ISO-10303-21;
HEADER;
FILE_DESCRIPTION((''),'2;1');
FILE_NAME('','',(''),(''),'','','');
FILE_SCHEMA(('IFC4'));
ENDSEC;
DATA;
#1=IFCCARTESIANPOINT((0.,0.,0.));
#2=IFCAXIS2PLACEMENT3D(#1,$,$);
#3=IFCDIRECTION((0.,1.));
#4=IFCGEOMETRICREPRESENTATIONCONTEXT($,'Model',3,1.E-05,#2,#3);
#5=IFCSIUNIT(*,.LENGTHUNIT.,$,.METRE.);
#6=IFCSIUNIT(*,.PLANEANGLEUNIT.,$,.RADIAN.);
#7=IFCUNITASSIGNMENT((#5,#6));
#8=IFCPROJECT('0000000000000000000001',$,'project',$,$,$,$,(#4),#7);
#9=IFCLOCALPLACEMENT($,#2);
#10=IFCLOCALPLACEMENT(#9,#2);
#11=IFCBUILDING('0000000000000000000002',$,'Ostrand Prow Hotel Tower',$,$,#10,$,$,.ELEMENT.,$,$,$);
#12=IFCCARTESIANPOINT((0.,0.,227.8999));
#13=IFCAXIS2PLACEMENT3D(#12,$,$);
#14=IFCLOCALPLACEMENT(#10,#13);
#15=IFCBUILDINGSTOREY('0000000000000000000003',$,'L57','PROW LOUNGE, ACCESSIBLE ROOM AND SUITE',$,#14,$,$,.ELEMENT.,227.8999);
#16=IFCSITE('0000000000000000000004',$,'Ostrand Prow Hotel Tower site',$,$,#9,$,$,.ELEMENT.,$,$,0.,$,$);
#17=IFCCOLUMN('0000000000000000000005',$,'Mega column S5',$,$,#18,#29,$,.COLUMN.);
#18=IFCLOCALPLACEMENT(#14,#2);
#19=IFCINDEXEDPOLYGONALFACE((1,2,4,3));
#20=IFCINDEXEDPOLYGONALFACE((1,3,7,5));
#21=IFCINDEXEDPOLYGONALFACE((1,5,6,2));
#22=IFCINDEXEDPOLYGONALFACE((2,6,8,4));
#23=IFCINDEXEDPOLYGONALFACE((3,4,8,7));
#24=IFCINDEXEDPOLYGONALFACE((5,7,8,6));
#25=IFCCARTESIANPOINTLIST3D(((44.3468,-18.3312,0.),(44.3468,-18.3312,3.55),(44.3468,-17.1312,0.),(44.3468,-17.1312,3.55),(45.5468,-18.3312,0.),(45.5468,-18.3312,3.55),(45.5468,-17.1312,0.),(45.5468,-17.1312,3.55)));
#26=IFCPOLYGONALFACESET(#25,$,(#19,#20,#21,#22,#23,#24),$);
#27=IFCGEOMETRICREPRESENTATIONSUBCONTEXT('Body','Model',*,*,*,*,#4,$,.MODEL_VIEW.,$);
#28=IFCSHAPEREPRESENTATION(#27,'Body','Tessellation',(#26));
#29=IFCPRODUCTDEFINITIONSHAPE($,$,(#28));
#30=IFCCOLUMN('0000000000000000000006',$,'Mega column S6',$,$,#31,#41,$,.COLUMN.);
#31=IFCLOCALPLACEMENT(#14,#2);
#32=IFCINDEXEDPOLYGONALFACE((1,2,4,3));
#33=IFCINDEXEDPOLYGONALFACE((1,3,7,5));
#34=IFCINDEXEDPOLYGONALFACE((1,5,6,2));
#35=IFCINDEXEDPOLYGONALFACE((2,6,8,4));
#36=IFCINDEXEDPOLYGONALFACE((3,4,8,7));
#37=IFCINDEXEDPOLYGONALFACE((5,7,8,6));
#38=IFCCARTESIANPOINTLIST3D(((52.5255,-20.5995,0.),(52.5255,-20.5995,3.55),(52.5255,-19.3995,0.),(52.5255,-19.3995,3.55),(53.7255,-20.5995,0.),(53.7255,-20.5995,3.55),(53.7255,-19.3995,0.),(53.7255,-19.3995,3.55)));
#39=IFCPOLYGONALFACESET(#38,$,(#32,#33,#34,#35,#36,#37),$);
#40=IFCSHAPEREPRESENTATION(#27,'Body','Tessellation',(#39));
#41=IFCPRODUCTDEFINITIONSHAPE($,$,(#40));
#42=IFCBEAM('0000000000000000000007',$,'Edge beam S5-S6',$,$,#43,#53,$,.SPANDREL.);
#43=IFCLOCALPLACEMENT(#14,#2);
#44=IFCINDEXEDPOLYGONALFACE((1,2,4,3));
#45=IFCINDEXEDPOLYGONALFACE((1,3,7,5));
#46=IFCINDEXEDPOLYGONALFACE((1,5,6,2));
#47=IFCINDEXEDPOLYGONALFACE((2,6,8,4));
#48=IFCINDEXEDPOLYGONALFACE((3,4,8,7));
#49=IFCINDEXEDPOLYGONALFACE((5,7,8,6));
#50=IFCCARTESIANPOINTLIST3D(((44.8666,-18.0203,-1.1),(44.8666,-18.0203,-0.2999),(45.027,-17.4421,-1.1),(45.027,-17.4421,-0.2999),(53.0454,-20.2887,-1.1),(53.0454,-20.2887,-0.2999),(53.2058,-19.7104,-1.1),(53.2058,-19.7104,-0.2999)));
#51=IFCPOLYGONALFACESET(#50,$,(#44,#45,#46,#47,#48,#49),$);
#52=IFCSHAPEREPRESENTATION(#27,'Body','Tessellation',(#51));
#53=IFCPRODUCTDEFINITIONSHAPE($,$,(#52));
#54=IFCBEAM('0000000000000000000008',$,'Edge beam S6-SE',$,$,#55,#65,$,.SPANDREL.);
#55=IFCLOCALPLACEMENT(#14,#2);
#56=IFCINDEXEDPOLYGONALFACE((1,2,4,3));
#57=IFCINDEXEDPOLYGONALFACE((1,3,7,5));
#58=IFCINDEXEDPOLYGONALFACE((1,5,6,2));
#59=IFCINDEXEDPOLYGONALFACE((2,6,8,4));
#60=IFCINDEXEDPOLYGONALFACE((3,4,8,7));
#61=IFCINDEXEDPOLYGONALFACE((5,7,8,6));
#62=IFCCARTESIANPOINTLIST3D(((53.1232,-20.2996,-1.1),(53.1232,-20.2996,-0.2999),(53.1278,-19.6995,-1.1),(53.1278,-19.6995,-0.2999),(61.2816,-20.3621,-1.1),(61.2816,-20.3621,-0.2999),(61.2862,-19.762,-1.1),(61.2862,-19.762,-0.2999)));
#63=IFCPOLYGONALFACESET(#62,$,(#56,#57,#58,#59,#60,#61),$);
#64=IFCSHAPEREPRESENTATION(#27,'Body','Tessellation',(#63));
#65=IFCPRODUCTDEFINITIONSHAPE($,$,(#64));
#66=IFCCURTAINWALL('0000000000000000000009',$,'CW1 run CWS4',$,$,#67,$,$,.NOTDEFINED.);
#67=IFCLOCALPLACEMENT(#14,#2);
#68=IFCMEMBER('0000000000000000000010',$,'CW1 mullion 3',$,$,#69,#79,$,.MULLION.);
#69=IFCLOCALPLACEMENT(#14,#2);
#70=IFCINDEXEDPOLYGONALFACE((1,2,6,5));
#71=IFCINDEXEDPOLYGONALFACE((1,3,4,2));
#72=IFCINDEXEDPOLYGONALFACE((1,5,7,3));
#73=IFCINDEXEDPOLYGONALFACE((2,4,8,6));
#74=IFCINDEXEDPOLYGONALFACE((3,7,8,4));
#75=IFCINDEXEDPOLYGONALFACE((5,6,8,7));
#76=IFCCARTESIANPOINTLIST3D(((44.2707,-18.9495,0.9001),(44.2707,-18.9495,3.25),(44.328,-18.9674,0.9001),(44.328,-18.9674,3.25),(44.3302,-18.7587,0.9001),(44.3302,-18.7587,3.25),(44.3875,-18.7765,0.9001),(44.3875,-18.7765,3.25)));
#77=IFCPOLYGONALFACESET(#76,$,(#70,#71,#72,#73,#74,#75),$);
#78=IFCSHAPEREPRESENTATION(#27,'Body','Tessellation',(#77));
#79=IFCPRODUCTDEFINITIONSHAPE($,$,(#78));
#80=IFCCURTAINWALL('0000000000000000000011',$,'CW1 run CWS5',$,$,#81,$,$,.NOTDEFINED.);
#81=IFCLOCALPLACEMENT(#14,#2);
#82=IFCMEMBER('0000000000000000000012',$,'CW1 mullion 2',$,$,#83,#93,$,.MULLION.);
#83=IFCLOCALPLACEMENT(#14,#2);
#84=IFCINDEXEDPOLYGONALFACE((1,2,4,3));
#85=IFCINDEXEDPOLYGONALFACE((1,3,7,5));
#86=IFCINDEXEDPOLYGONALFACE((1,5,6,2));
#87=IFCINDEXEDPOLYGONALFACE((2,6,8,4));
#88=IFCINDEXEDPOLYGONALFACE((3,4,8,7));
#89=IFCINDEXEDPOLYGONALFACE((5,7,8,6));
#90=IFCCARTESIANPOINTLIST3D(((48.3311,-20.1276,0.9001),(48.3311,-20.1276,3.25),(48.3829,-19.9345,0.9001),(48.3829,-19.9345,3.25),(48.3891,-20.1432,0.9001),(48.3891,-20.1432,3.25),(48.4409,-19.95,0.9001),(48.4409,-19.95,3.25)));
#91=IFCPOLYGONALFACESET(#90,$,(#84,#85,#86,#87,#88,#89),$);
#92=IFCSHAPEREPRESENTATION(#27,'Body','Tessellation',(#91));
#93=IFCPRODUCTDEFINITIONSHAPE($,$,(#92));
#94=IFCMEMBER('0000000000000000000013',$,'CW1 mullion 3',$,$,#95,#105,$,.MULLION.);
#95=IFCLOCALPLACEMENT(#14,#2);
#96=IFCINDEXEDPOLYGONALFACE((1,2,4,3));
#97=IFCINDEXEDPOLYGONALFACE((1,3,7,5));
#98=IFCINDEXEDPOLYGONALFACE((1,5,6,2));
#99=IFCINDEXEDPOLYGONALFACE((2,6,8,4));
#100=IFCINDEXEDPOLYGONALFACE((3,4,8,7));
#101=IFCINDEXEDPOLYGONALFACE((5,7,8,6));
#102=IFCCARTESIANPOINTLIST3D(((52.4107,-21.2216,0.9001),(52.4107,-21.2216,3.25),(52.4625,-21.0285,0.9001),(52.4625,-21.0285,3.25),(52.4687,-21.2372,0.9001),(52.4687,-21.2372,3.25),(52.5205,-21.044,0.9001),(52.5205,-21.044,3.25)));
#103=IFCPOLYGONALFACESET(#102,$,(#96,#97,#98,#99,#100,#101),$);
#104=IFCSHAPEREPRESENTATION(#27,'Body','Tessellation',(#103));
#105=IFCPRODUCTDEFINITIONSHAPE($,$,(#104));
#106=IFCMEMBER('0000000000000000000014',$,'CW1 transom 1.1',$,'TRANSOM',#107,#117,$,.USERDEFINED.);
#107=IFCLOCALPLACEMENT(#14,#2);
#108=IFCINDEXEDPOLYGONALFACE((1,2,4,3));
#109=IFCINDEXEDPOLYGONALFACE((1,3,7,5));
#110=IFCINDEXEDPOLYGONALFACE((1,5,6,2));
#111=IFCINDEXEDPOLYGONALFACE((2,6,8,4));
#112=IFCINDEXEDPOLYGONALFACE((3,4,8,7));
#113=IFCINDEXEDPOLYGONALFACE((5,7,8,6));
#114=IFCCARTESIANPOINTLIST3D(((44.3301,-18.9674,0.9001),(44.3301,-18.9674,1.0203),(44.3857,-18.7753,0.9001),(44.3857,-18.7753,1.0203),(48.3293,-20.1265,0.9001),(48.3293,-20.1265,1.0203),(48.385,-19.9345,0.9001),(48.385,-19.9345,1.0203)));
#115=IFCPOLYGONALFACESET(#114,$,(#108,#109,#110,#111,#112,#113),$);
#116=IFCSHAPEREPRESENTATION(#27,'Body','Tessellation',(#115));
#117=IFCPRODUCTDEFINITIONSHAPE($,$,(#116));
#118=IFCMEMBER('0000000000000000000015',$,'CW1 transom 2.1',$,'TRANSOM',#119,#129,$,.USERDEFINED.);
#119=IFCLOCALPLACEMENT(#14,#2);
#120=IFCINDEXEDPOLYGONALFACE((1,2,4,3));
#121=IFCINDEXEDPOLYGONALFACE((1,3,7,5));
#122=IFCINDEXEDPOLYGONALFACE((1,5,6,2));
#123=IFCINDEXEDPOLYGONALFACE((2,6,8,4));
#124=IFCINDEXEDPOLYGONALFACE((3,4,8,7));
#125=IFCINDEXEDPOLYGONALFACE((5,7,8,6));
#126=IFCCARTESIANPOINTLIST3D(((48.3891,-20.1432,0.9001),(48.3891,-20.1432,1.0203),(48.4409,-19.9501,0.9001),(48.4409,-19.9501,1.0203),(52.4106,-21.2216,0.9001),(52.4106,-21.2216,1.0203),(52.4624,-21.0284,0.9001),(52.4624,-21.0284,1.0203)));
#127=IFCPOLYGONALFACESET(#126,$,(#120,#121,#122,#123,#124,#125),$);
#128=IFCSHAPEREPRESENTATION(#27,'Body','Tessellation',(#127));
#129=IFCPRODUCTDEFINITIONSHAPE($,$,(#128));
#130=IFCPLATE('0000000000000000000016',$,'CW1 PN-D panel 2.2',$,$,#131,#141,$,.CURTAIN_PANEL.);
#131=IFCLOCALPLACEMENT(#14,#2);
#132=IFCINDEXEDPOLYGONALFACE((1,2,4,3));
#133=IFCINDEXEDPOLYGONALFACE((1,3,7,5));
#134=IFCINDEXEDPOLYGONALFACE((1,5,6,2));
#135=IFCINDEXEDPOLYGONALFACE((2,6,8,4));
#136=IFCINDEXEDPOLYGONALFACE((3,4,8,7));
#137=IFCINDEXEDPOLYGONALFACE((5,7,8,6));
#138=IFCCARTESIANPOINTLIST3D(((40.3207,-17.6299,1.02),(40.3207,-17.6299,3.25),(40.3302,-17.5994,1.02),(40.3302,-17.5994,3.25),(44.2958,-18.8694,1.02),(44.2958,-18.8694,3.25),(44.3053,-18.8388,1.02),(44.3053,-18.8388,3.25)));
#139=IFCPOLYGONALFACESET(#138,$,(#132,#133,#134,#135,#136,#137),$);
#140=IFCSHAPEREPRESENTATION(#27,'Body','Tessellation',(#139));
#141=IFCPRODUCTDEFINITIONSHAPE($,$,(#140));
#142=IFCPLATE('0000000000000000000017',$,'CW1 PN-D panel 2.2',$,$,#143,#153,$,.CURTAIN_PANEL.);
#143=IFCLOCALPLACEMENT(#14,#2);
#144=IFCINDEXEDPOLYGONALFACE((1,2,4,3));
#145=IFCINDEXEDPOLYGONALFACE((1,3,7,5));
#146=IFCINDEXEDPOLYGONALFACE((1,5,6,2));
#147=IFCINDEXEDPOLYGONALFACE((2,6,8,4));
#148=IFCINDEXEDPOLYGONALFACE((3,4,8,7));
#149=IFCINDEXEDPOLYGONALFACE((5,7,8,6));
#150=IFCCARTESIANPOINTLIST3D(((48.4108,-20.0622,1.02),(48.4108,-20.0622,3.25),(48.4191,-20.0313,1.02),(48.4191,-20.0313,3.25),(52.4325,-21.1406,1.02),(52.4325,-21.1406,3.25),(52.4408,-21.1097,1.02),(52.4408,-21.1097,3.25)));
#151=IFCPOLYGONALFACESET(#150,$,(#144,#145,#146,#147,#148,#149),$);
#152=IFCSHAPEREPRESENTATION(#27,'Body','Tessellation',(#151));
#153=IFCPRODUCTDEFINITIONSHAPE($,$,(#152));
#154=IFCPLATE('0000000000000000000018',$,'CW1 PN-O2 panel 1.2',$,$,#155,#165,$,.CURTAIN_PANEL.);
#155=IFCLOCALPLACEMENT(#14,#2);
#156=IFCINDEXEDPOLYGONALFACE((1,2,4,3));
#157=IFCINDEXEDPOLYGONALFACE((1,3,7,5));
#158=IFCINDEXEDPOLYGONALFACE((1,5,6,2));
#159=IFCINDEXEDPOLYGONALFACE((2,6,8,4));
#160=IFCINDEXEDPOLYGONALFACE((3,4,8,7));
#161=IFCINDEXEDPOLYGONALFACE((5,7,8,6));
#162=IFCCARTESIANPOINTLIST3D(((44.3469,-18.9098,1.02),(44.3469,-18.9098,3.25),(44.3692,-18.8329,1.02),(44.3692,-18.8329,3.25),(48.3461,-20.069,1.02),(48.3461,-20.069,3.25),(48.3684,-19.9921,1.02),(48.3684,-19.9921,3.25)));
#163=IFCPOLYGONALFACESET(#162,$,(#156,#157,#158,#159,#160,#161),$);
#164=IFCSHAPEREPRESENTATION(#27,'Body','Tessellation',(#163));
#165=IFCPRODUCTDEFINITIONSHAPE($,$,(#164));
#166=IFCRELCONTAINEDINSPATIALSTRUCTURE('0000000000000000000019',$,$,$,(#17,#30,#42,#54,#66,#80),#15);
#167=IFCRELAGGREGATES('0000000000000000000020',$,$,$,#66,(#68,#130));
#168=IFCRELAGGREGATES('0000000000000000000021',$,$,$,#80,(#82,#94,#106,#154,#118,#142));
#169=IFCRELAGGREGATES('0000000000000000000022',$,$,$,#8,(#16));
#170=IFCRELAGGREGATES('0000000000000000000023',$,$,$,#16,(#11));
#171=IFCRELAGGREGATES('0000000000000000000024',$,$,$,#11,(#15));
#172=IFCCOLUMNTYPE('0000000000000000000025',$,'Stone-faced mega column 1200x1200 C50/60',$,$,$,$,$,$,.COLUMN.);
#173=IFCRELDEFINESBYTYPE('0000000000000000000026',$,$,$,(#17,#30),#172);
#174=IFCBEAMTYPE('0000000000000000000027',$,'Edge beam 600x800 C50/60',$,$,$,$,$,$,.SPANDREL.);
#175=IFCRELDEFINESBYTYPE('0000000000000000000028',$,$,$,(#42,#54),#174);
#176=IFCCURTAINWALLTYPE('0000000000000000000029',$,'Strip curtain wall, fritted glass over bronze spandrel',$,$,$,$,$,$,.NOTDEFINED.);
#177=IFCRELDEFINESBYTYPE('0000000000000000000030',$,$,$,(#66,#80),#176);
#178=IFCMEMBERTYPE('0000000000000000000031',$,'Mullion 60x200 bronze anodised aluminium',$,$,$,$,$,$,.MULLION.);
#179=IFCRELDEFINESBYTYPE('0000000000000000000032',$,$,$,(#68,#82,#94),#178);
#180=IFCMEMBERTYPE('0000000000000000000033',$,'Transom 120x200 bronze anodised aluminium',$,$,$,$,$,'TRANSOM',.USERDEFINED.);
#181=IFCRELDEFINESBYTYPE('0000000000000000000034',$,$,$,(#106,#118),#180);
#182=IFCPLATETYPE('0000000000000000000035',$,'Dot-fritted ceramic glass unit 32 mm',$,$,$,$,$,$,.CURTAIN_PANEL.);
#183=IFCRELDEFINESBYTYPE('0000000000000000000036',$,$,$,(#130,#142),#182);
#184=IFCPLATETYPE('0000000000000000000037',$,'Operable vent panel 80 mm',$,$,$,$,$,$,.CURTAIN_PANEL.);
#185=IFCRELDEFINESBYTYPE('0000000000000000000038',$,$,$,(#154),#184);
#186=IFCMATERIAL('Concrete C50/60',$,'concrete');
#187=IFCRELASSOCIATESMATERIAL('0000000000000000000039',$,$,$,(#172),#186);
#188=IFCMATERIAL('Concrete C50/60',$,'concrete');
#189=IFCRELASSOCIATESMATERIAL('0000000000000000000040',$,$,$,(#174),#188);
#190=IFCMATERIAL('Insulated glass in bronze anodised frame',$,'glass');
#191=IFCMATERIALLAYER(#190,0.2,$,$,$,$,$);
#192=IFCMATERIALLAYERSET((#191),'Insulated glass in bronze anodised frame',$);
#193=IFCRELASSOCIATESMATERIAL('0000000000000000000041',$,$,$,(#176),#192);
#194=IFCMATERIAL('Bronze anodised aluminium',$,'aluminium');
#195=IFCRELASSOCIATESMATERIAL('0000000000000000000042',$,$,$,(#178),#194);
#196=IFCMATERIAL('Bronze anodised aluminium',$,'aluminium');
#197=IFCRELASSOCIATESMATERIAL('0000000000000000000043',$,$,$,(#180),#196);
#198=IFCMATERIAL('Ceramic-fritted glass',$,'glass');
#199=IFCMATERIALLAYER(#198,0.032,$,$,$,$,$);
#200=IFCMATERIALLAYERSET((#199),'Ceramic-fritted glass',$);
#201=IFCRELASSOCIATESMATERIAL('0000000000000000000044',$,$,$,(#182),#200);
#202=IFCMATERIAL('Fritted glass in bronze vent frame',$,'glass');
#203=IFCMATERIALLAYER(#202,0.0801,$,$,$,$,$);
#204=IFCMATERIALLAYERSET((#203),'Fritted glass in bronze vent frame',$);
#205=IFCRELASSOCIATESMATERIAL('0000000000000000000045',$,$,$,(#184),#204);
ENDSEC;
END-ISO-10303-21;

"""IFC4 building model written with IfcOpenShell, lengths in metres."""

from ifc_helpers import new_model, si_unit, direction, frame, origin, origin_2d, place, context, subcontext, project, spatial, rectangle, extrude, material, layer, layer_set, material_profile, profile_set, type_object, element, aggregate, save


model = new_model("IFC4")

# Units and contexts
model_context = context("Model", 3, precision=1e-05, world=origin(), true_north=direction((0.0, 1.0)))
body_context = subcontext(model_context, "Body", "Model", "MODEL_VIEW")
ifc_project = project(units=[si_unit("LENGTHUNIT", "METRE"), si_unit("PLANEANGLEUNIT", "RADIAN")], contexts=[model_context])

# Site, building, storey
site_placement = place(None, origin())
site = spatial("IfcSite", under=ifc_project, at=site_placement, Name="Ostrand Prow Hotel Tower site", CompositionType="ELEMENT", RefElevation=0.0)
building_placement = place(site_placement, origin())
building = spatial("IfcBuilding", under=site, at=building_placement, Name="Ostrand Prow Hotel Tower", CompositionType="ELEMENT")
storey_placement = place(building_placement, frame((0.0, 0.0, 227.8999)))
storey = spatial("IfcBuildingStorey", under=building, at=storey_placement, Name="L57", Description="PROW LOUNGE, ACCESSIBLE ROOM AND SUITE", CompositionType="ELEMENT", Elevation=227.8999)

# Columns
ifc_material_1 = material(Name="Concrete C50/60", Category="concrete")
ifc_material_profile_1 = material_profile(ifc_material_1, rectangle(XDim=1.2, YDim=1.2, at=origin_2d()), Name="RC 1200x1200")
ifc_profile_set_1 = profile_set([ifc_material_profile_1], Name="Concrete C50/60")
column_type = type_object("IfcColumnType", Name="Stone-faced mega column 1200x1200 C50/60", PredefinedType="COLUMN", material=ifc_profile_set_1)
for number, where, z_axis, x_axis, name in (
    (1, (44.9468, -17.7312, 0.0), (0.0, 0.0, 1.0), (1.0, 0.0, 0.0), "Mega column S5"),
    (2, (53.1255, -19.9995, 0.0), (0.0, 0.0, 1.0), (1.0, 0.0, 0.0), "Mega column S6"),
):
    element("IfcColumn", number, at=place(storey_placement, frame(where, z_axis=z_axis, x_axis=x_axis)), inside=storey, type_object=column_type, Name=name, PredefinedType="COLUMN", context=body_context, shape_type="SweptSolid", body=[
        extrude(rectangle(XDim=1.2, YDim=1.2, at=origin_2d()), origin(), (0.0, 0.0, 1.0), 3.55),
    ])

# Beams
ifc_material_2 = material(Name="Concrete C50/60", Category="concrete")
ifc_material_profile_2 = material_profile(ifc_material_2, rectangle(XDim=0.6001, YDim=0.8, at=origin_2d()), Name="RC 600x800")
ifc_profile_set_2 = profile_set([ifc_material_profile_2], Name="Concrete C50/60")
beam_type = type_object("IfcBeamType", Name="Edge beam 600x800 C50/60", PredefinedType="SPANDREL", material=ifc_profile_set_2)
beam_1_placement = place(storey_placement, frame((44.9468, -17.7312, -0.7), z_axis=(0.963626, -0.267255, 0.0), x_axis=(0.267255, 0.963626, 0.0)))
element("IfcBeam", 3, at=beam_1_placement, inside=storey, type_object=beam_type, Name="Edge beam S5-S6", PredefinedType="SPANDREL", context=body_context, shape_type="SweptSolid", body=[
    extrude(rectangle(XDim=0.6001, YDim=0.8, at=origin_2d()), origin(), (0.0, 0.0, 1.0), 8.4875),
])
beam_2_placement = place(storey_placement, frame((53.1255, -19.9995, -0.7), z_axis=(0.999971, -0.007661, 0.0), x_axis=(0.007661, 0.999971, 0.0)))
element("IfcBeam", 4, at=beam_2_placement, inside=storey, type_object=beam_type, Name="Edge beam S6-SE", PredefinedType="SPANDREL", context=body_context, shape_type="SweptSolid", body=[
    extrude(rectangle(XDim=0.6001, YDim=0.8, at=origin_2d()), origin(), (0.0, 0.0, 1.0), 8.1587),
])

# Curtain wall, member
ifc_material_3 = material(Name="Insulated glass in bronze anodised frame", Category="glass")
ifc_layer_1 = layer(ifc_material_3, 0.2)
ifc_layer_set_1 = layer_set([ifc_layer_1], Name="Insulated glass in bronze anodised frame")
curtain_wall_type = type_object("IfcCurtainWallType", Name="Strip curtain wall, fritted glass over bronze spandrel", PredefinedType="NOTDEFINED", material=ifc_layer_set_1)
curtain_wall_1_placement = place(storey_placement, origin())
curtain_wall_1 = element("IfcCurtainWall", 5, at=curtain_wall_1_placement, inside=storey, type_object=curtain_wall_type, Name="CW1 run CWS4", PredefinedType="NOTDEFINED")
ifc_material_4 = material(Name="Bronze anodised aluminium", Category="aluminium")
ifc_material_profile_3 = material_profile(ifc_material_4, rectangle(XDim=0.2, YDim=0.0601, at=origin_2d()), Name="Mullion 60x200 bronze anodised aluminium")
ifc_profile_set_3 = profile_set([ifc_material_profile_3], Name="Bronze anodised aluminium")
member_type_1 = type_object("IfcMemberType", Name="Mullion 60x200 bronze anodised aluminium", PredefinedType="MULLION", material=ifc_profile_set_3)
member_1_placement = place(storey_placement, frame((44.3291, -18.863, 0.9001), z_axis=(0.0, 0.0, 1.0), x_axis=(0.297678, 0.954666, 0.0)))
member_1 = element("IfcMember", 6, at=member_1_placement, type_object=member_type_1, Name="CW1 mullion 3", PredefinedType="MULLION", context=body_context, shape_type="SweptSolid", body=[
    extrude(rectangle(XDim=0.2, YDim=0.0601, at=origin_2d()), origin(), (0.0, 0.0, 1.0), 2.3499),
])

# Curtain wall, members
curtain_wall_2_placement = place(storey_placement, origin())
curtain_wall_2 = element("IfcCurtainWall", 7, at=curtain_wall_2_placement, inside=storey, type_object=curtain_wall_type, Name="CW1 run CWS5", PredefinedType="NOTDEFINED")
member_2_placement = place(storey_placement, frame((48.386, -20.0388, 0.9001), z_axis=(0.0, 0.0, 1.0), x_axis=(0.258994, 0.965879, 0.0)))
member_2 = element("IfcMember", 8, at=member_2_placement, type_object=member_type_1, Name="CW1 mullion 2", PredefinedType="MULLION", context=body_context, shape_type="SweptSolid", body=[
    extrude(rectangle(XDim=0.2, YDim=0.0601, at=origin_2d()), origin(), (0.0, 0.0, 1.0), 2.3499),
])
member_3_placement = place(storey_placement, frame((52.4656, -21.1328, 0.9001), z_axis=(0.0, 0.0, 1.0), x_axis=(0.258994, 0.965879, 0.0)))
member_3 = element("IfcMember", 9, at=member_3_placement, type_object=member_type_1, Name="CW1 mullion 3", PredefinedType="MULLION", context=body_context, shape_type="SweptSolid", body=[
    extrude(rectangle(XDim=0.2, YDim=0.0601, at=origin_2d()), origin(), (0.0, 0.0, 1.0), 2.3499),
])
ifc_material_5 = material(Name="Bronze anodised aluminium", Category="aluminium")
ifc_material_profile_4 = material_profile(ifc_material_5, rectangle(XDim=0.2, YDim=0.1201, at=origin_2d()), Name="Transom 120x200 bronze anodised aluminium")
ifc_profile_set_4 = profile_set([ifc_material_profile_4], Name="Bronze anodised aluminium")
member_type_2 = type_object("IfcMemberType", Name="Transom 120x200 bronze anodised aluminium", ElementType="TRANSOM", PredefinedType="USERDEFINED", material=ifc_profile_set_4)
member_4_placement = place(storey_placement, frame((44.3579, -18.8713, 0.9602), z_axis=(0.960468, -0.27839, 0.0), x_axis=(0.27839, 0.960468, 0.0)))
member_4 = element("IfcMember", 10, at=member_4_placement, type_object=member_type_2, Name="CW1 transom 1.1", ObjectType="TRANSOM", PredefinedType="USERDEFINED", context=body_context, shape_type="SweptSolid", body=[
    extrude(rectangle(XDim=0.2, YDim=0.1201, at=origin_2d()), origin(), (0.0, 0.0, 1.0), 4.1638),
])
member_5_placement = place(storey_placement, frame((48.415, -20.0466, 0.9602), z_axis=(0.965877, -0.259002, 0.0), x_axis=(0.259002, 0.965877, 0.0)))
member_5 = element("IfcMember", 11, at=member_5_placement, type_object=member_type_2, Name="CW1 transom 2.1", ObjectType="TRANSOM", PredefinedType="USERDEFINED", context=body_context, shape_type="SweptSolid", body=[
    extrude(rectangle(XDim=0.2, YDim=0.1201, at=origin_2d()), origin(), (0.0, 0.0, 1.0), 4.1636),
])

# Plates
ifc_material_6 = material(Name="Ceramic-fritted glass", Category="glass")
ifc_layer_2 = layer(ifc_material_6, 0.032)
ifc_layer_set_2 = layer_set([ifc_layer_2], Name="Ceramic-fritted glass")
plate_type_1 = type_object("IfcPlateType", Name="Dot-fritted ceramic glass unit 32 mm", PredefinedType="CURTAIN_PANEL", material=ifc_layer_set_2)
plate_1_placement = place(storey_placement, frame((42.313, -18.2344, 1.02), z_axis=(0.0, 0.0, 1.0), x_axis=(0.954666, -0.297678, 0.0)))
plate_1 = element("IfcPlate", 12, at=plate_1_placement, type_object=plate_type_1, Name="CW1 PN-D panel 2.2", PredefinedType="CURTAIN_PANEL", context=body_context, shape_type="SweptSolid", body=[
    extrude(rectangle(XDim=4.1638, YDim=0.032, at=origin_2d()), origin(), (0.0, 0.0, 1.0), 2.23),
])
aggregate(curtain_wall_1, [member_1, plate_1])
plate_2_placement = place(storey_placement, frame((50.4258, -20.5859, 1.02), z_axis=(0.0, 0.0, 1.0), x_axis=(0.965879, -0.258994, 0.0)))
plate_2 = element("IfcPlate", 13, at=plate_2_placement, type_object=plate_type_1, Name="CW1 PN-D panel 2.2", PredefinedType="CURTAIN_PANEL", context=body_context, shape_type="SweptSolid", body=[
    extrude(rectangle(XDim=4.1638, YDim=0.032, at=origin_2d()), origin(), (0.0, 0.0, 1.0), 2.23),
])
ifc_material_7 = material(Name="Fritted glass in bronze vent frame", Category="glass")
ifc_layer_3 = layer(ifc_material_7, 0.0801)
ifc_layer_set_3 = layer_set([ifc_layer_3], Name="Fritted glass in bronze vent frame")
plate_type_2 = type_object("IfcPlateType", Name="Operable vent panel 80 mm", PredefinedType="CURTAIN_PANEL", material=ifc_layer_set_3)
plate_3_placement = place(storey_placement, frame((46.3577, -19.4509, 1.02), z_axis=(0.0, 0.0, 1.0), x_axis=(0.960467, -0.278393, 0.0)))
plate_3 = element("IfcPlate", 14, at=plate_3_placement, type_object=plate_type_2, Name="CW1 PN-O2 panel 1.2", PredefinedType="CURTAIN_PANEL", context=body_context, shape_type="SweptSolid", body=[
    extrude(rectangle(XDim=4.1638, YDim=0.0801, at=origin_2d()), origin(), (0.0, 0.0, 1.0), 2.23),
])
aggregate(curtain_wall_2, [member_2, member_3, member_4, plate_3, member_5, plate_2])

save(model, "model.ifc")
